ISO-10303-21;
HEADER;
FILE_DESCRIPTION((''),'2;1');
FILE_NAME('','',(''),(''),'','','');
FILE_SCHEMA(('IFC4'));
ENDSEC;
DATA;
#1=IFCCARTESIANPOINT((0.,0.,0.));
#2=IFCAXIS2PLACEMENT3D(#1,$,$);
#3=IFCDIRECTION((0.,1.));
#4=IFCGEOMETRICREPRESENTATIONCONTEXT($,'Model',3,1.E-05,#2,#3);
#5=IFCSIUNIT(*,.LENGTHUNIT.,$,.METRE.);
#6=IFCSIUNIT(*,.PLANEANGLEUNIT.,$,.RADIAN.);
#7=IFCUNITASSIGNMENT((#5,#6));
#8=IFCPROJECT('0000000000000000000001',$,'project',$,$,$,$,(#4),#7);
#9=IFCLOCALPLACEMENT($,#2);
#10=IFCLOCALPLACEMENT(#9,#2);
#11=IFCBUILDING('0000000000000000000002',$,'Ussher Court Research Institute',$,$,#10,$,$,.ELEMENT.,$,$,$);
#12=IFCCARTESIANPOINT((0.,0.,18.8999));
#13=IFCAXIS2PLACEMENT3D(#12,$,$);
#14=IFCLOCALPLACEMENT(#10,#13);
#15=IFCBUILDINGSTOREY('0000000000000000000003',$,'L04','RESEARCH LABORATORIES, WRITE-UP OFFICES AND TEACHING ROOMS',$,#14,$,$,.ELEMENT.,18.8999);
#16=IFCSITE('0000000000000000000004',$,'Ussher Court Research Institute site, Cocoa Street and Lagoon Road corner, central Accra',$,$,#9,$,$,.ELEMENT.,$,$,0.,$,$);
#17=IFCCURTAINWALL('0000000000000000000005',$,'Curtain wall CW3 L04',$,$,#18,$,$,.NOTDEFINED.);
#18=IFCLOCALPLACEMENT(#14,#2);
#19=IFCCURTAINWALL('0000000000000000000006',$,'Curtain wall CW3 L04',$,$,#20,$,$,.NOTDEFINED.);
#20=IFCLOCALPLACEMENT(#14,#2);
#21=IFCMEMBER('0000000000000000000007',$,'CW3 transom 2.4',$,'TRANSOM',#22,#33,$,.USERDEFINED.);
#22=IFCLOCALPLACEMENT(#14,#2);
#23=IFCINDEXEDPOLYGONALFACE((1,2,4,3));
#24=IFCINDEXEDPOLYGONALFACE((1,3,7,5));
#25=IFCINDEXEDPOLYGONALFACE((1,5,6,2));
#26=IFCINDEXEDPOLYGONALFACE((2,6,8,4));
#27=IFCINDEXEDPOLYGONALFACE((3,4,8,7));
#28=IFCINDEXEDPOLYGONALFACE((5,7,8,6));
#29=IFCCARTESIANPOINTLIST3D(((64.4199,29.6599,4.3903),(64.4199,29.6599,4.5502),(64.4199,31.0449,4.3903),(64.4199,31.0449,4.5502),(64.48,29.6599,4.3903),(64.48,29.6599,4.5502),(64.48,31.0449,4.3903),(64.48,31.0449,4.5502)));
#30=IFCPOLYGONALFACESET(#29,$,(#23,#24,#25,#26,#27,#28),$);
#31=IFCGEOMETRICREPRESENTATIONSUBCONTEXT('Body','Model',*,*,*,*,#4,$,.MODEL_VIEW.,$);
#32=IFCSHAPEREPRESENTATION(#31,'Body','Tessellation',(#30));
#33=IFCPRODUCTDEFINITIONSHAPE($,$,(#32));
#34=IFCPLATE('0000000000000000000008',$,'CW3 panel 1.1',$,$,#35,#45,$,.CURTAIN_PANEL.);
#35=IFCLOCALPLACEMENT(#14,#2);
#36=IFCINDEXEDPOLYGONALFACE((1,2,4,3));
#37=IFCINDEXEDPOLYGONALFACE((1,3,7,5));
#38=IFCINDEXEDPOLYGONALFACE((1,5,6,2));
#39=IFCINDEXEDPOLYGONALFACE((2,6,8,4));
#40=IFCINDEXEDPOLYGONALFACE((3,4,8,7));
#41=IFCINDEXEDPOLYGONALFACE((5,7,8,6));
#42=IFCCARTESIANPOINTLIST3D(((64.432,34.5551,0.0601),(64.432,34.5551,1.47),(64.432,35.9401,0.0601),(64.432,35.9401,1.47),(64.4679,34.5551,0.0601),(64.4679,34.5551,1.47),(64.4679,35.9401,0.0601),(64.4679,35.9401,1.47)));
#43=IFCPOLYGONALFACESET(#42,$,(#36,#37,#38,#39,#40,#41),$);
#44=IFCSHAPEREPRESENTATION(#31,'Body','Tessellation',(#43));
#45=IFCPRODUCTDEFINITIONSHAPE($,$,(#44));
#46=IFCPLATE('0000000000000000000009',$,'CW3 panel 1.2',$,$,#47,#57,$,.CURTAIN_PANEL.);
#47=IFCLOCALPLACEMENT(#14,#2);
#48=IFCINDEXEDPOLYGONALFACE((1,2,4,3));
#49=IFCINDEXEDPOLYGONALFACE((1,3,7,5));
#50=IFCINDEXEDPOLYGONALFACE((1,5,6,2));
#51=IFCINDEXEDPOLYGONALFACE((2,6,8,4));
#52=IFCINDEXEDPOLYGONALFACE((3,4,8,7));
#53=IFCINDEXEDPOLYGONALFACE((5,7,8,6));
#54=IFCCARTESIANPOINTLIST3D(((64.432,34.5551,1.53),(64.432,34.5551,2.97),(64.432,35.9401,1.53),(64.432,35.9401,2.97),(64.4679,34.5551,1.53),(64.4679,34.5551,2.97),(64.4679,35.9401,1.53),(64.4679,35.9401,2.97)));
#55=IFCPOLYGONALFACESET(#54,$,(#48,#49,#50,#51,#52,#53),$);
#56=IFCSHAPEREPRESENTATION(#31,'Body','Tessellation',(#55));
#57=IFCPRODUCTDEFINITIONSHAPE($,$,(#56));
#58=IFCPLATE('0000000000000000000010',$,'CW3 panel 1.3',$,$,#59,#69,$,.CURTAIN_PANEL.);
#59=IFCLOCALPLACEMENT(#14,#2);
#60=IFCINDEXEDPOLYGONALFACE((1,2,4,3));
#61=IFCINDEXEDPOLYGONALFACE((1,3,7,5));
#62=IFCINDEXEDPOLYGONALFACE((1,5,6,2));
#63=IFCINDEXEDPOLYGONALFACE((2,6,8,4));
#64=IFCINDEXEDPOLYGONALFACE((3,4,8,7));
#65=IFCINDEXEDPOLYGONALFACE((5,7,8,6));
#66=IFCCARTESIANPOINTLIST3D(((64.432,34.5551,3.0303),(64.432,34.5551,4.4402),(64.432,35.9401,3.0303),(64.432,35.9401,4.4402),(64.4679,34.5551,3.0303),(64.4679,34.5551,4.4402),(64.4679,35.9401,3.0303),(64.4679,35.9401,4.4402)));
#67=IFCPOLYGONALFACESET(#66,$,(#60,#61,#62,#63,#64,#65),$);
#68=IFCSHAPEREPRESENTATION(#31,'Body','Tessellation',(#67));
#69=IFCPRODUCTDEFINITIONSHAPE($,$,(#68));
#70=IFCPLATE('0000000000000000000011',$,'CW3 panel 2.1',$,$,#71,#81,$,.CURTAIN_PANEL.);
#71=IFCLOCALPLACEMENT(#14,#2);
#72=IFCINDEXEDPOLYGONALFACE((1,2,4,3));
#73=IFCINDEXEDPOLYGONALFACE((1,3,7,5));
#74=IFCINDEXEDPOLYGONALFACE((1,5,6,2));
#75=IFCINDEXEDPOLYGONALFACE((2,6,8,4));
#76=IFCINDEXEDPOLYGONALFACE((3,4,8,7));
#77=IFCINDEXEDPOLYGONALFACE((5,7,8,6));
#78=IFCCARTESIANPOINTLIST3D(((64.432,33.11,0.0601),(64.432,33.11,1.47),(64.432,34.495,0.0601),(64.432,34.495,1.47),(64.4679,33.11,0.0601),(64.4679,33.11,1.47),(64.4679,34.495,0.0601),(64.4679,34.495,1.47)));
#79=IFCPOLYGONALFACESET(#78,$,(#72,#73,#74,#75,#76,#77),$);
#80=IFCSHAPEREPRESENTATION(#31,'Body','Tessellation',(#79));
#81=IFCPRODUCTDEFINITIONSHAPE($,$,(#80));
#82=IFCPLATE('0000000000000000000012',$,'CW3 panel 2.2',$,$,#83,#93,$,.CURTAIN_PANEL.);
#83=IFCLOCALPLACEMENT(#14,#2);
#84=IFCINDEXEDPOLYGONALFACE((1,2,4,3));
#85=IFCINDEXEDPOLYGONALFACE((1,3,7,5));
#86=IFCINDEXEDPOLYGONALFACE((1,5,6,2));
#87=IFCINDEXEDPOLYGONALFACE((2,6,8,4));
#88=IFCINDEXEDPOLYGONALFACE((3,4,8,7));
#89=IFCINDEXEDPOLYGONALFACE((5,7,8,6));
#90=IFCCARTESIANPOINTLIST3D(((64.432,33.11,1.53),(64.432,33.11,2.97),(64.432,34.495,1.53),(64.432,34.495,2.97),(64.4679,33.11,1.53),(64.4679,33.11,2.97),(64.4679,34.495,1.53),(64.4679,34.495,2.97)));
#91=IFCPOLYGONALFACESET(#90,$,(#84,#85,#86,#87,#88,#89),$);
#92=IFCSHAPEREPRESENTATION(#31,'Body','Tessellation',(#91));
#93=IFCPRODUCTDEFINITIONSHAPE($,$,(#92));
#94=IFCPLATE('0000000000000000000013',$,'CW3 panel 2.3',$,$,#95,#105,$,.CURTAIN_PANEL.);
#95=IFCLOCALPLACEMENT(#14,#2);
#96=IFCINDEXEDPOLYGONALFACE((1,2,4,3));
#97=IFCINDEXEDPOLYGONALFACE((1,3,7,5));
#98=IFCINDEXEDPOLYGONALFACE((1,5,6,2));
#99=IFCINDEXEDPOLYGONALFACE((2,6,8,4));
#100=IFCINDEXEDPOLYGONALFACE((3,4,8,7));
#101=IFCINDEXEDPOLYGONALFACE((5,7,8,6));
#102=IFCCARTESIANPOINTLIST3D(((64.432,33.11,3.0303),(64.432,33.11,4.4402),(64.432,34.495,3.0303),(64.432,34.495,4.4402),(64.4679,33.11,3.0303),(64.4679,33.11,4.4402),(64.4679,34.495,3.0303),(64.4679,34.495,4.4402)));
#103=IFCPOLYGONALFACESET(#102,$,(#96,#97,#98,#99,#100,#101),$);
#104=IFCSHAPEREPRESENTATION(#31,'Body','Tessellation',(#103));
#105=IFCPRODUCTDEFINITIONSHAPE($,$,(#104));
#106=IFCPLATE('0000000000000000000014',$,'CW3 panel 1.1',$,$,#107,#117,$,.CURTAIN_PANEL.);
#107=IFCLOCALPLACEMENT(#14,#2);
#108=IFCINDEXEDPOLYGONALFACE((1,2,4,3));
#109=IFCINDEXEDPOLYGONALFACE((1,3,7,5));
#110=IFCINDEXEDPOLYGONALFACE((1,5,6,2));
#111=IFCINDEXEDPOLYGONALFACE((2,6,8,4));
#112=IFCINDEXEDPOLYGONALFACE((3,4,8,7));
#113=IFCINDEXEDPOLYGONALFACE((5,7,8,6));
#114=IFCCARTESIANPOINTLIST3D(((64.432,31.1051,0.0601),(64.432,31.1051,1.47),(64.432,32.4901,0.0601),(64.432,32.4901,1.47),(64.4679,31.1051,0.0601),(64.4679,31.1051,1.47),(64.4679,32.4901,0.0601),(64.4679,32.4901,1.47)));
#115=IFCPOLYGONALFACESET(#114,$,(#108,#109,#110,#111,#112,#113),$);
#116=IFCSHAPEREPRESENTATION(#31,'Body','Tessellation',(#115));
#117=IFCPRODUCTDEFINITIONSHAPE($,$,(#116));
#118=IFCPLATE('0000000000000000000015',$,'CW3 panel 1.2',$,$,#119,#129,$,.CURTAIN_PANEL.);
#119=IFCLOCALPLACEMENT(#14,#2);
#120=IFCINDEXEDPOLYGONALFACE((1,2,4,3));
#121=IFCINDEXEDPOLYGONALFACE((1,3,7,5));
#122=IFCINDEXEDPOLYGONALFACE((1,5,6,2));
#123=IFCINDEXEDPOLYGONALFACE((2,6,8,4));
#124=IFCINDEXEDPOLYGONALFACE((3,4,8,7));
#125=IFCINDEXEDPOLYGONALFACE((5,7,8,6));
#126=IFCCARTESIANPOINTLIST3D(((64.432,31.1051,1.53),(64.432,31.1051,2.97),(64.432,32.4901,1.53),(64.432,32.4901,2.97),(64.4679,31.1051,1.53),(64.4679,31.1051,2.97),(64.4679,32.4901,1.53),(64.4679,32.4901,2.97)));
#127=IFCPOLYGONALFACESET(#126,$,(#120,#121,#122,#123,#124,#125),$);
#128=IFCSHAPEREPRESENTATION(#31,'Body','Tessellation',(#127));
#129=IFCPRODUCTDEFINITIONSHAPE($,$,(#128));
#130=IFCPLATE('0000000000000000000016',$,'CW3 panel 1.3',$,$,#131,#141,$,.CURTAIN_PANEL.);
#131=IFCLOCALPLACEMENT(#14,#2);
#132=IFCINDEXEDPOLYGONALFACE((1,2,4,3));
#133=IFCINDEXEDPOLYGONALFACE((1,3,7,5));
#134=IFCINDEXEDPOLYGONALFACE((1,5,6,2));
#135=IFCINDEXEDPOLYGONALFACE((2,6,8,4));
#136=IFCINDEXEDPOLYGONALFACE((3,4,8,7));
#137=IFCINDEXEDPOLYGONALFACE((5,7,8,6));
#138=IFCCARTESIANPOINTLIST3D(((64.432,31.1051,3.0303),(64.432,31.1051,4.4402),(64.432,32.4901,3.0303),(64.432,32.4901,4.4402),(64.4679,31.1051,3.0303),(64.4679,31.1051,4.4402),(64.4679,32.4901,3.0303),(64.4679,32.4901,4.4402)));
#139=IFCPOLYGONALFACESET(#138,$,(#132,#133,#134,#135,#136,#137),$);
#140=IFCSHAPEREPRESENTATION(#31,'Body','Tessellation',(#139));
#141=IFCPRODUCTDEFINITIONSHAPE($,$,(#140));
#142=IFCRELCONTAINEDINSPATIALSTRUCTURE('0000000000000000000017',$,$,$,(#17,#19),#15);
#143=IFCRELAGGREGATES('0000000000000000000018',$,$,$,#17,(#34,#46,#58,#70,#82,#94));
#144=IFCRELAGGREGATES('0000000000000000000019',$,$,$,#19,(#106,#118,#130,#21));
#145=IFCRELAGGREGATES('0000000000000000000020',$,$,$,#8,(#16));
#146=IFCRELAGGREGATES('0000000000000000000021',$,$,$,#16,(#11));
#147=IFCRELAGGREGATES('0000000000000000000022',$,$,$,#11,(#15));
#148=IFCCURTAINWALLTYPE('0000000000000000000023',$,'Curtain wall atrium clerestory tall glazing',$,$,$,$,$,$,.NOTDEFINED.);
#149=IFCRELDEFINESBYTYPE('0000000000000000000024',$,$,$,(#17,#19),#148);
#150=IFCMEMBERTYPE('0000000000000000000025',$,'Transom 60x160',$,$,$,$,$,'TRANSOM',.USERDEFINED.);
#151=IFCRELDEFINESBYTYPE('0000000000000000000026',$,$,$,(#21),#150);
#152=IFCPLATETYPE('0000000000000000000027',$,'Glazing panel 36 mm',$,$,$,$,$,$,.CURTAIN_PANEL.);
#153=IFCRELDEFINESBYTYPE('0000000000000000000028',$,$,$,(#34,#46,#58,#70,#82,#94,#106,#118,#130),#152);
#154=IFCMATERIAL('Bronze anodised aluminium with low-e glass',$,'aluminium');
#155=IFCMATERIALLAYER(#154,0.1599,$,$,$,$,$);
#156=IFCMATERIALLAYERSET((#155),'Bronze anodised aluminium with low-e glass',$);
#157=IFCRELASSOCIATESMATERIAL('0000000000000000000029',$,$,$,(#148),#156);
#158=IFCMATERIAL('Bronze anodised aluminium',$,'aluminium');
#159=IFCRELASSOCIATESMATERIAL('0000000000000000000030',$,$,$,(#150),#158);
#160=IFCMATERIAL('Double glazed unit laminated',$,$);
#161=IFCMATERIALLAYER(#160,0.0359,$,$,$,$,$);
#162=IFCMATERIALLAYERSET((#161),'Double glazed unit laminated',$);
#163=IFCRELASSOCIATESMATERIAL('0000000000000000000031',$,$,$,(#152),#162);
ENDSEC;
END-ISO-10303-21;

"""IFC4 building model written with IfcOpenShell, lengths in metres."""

from ifc_helpers import new_model, si_unit, direction, frame, origin, origin_2d, place, context, subcontext, project, spatial, rectangle, extrude, material, layer, layer_set, material_profile, profile_set, type_object, element, aggregate, save


model = new_model("IFC4")

# Units and contexts
model_context = context("Model", 3, precision=1e-05, world=origin(), true_north=direction((0.0, 1.0)))
body_context = subcontext(model_context, "Body", "Model", "MODEL_VIEW")
ifc_project = project(units=[si_unit("LENGTHUNIT", "METRE"), si_unit("PLANEANGLEUNIT", "RADIAN")], contexts=[model_context])

# Site, building, storey
site_placement = place(None, origin())
site = spatial("IfcSite", under=ifc_project, at=site_placement, Name="Ussher Court Research Institute site, Cocoa Street and Lagoon Road corner, central Accra", CompositionType="ELEMENT", RefElevation=0.0)
building_placement = place(site_placement, origin())
building = spatial("IfcBuilding", under=site, at=building_placement, Name="Ussher Court Research Institute", CompositionType="ELEMENT")
storey_placement = place(building_placement, frame((0.0, 0.0, 18.8999)))
storey = spatial("IfcBuildingStorey", under=building, at=storey_placement, Name="L04", Description="RESEARCH LABORATORIES, WRITE-UP OFFICES AND TEACHING ROOMS", CompositionType="ELEMENT", Elevation=18.8999)

# Curtain walls
ifc_material_1 = material(Name="Bronze anodised aluminium with low-e glass", Category="aluminium")
ifc_layer_1 = layer(ifc_material_1, 0.1599)
ifc_layer_set_1 = layer_set([ifc_layer_1], Name="Bronze anodised aluminium with low-e glass")
curtain_wall_type = type_object("IfcCurtainWallType", Name="Curtain wall atrium clerestory tall glazing", PredefinedType="NOTDEFINED", material=ifc_layer_set_1)
curtain_wall_1_placement = place(storey_placement, origin())
curtain_wall_1 = element("IfcCurtainWall", 1, at=curtain_wall_1_placement, inside=storey, type_object=curtain_wall_type, Name="Curtain wall CW3 L04", PredefinedType="NOTDEFINED")
curtain_wall_2_placement = place(storey_placement, origin())
curtain_wall_2 = element("IfcCurtainWall", 2, at=curtain_wall_2_placement, inside=storey, type_object=curtain_wall_type, Name="Curtain wall CW3 L04", PredefinedType="NOTDEFINED")

# Member
ifc_material_2 = material(Name="Bronze anodised aluminium", Category="aluminium")
ifc_material_profile_1 = material_profile(ifc_material_2, rectangle(XDim=0.0601, YDim=0.1599, at=origin_2d()), Name="Transom 60x160")
ifc_profile_set_1 = profile_set([ifc_material_profile_1], Name="Bronze anodised aluminium")
member_type_1 = type_object("IfcMemberType", Name="Transom 60x160", ElementType="TRANSOM", PredefinedType="USERDEFINED", material=ifc_profile_set_1)
member_1_placement = place(storey_placement, frame((64.45, 31.0449, 4.4702), z_axis=(0.0, -1.0, 0.0), x_axis=(1.0, 0.0, 0.0)))
member_1 = element("IfcMember", 3, at=member_1_placement, type_object=member_type_1, Name="CW3 transom 2.4", ObjectType="TRANSOM", PredefinedType="USERDEFINED", context=body_context, shape_type="SweptSolid", body=[
    extrude(rectangle(XDim=0.0601, YDim=0.1599, at=origin_2d()), origin(), (0.0, 0.0, 1.0), 1.385),
])

# Plates
ifc_material_3 = material(Name="Double glazed unit laminated")
ifc_layer_2 = layer(ifc_material_3, 0.0359)
ifc_layer_set_2 = layer_set([ifc_layer_2], Name="Double glazed unit laminated")
plate_type = type_object("IfcPlateType", Name="Glazing panel 36 mm", PredefinedType="CURTAIN_PANEL", material=ifc_layer_set_2)
plate_1_placement = place(storey_placement, frame((64.45, 35.2476, 0.0601), z_axis=(0.0, 0.0, 1.0), x_axis=(0.0, -1.0, 0.0)))
plate_1 = element("IfcPlate", 4, at=plate_1_placement, type_object=plate_type, Name="CW3 panel 1.1", PredefinedType="CURTAIN_PANEL", context=body_context, shape_type="SweptSolid", body=[
    extrude(rectangle(XDim=1.385, YDim=0.0359, at=origin_2d()), origin(), (0.0, 0.0, 1.0), 1.4099),
])
plate_2_placement = place(storey_placement, frame((64.45, 35.2476, 1.53), z_axis=(0.0, 0.0, 1.0), x_axis=(0.0, -1.0, 0.0)))
plate_2 = element("IfcPlate", 5, at=plate_2_placement, type_object=plate_type, Name="CW3 panel 1.2", PredefinedType="CURTAIN_PANEL", context=body_context, shape_type="SweptSolid", body=[
    extrude(rectangle(XDim=1.385, YDim=0.0359, at=origin_2d()), origin(), (0.0, 0.0, 1.0), 1.4399),
])
plate_3_placement = place(storey_placement, frame((64.45, 35.2476, 3.0303), z_axis=(0.0, 0.0, 1.0), x_axis=(0.0, -1.0, 0.0)))
plate_3 = element("IfcPlate", 6, at=plate_3_placement, type_object=plate_type, Name="CW3 panel 1.3", PredefinedType="CURTAIN_PANEL", context=body_context, shape_type="SweptSolid", body=[
    extrude(rectangle(XDim=1.385, YDim=0.0359, at=origin_2d()), origin(), (0.0, 0.0, 1.0), 1.4099),
])
plate_4_placement = place(storey_placement, frame((64.45, 33.8025, 0.0601), z_axis=(0.0, 0.0, 1.0), x_axis=(0.0, -1.0, 0.0)))
plate_4 = element("IfcPlate", 7, at=plate_4_placement, type_object=plate_type, Name="CW3 panel 2.1", PredefinedType="CURTAIN_PANEL", context=body_context, shape_type="SweptSolid", body=[
    extrude(rectangle(XDim=1.385, YDim=0.0359, at=origin_2d()), origin(), (0.0, 0.0, 1.0), 1.4099),
])
plate_5_placement = place(storey_placement, frame((64.45, 33.8025, 1.53), z_axis=(0.0, 0.0, 1.0), x_axis=(0.0, -1.0, 0.0)))
plate_5 = element("IfcPlate", 8, at=plate_5_placement, type_object=plate_type, Name="CW3 panel 2.2", PredefinedType="CURTAIN_PANEL", context=body_context, shape_type="SweptSolid", body=[
    extrude(rectangle(XDim=1.385, YDim=0.0359, at=origin_2d()), origin(), (0.0, 0.0, 1.0), 1.4399),
])
plate_6_placement = place(storey_placement, frame((64.45, 33.8025, 3.0303), z_axis=(0.0, 0.0, 1.0), x_axis=(0.0, -1.0, 0.0)))
plate_6 = element("IfcPlate", 9, at=plate_6_placement, type_object=plate_type, Name="CW3 panel 2.3", PredefinedType="CURTAIN_PANEL", context=body_context, shape_type="SweptSolid", body=[
    extrude(rectangle(XDim=1.385, YDim=0.0359, at=origin_2d()), origin(), (0.0, 0.0, 1.0), 1.4099),
])
aggregate(curtain_wall_1, [plate_1, plate_2, plate_3, plate_4, plate_5, plate_6])
plate_7_placement = place(storey_placement, frame((64.45, 31.7976, 0.0601), z_axis=(0.0, 0.0, 1.0), x_axis=(0.0, -1.0, 0.0)))
plate_7 = element("IfcPlate", 10, at=plate_7_placement, type_object=plate_type, Name="CW3 panel 1.1", PredefinedType="CURTAIN_PANEL", context=body_context, shape_type="SweptSolid", body=[
    extrude(rectangle(XDim=1.385, YDim=0.0359, at=origin_2d()), origin(), (0.0, 0.0, 1.0), 1.4099),
])
plate_8_placement = place(storey_placement, frame((64.45, 31.7976, 1.53), z_axis=(0.0, 0.0, 1.0), x_axis=(0.0, -1.0, 0.0)))
plate_8 = element("IfcPlate", 11, at=plate_8_placement, type_object=plate_type, Name="CW3 panel 1.2", PredefinedType="CURTAIN_PANEL", context=body_context, shape_type="SweptSolid", body=[
    extrude(rectangle(XDim=1.385, YDim=0.0359, at=origin_2d()), origin(), (0.0, 0.0, 1.0), 1.4399),
])
plate_9_placement = place(storey_placement, frame((64.45, 31.7976, 3.0303), z_axis=(0.0, 0.0, 1.0), x_axis=(0.0, -1.0, 0.0)))
plate_9 = element("IfcPlate", 12, at=plate_9_placement, type_object=plate_type, Name="CW3 panel 1.3", PredefinedType="CURTAIN_PANEL", context=body_context, shape_type="SweptSolid", body=[
    extrude(rectangle(XDim=1.385, YDim=0.0359, at=origin_2d()), origin(), (0.0, 0.0, 1.0), 1.4099),
])
aggregate(curtain_wall_2, [plate_7, plate_8, plate_9, member_1])

save(model, "model.ifc")
